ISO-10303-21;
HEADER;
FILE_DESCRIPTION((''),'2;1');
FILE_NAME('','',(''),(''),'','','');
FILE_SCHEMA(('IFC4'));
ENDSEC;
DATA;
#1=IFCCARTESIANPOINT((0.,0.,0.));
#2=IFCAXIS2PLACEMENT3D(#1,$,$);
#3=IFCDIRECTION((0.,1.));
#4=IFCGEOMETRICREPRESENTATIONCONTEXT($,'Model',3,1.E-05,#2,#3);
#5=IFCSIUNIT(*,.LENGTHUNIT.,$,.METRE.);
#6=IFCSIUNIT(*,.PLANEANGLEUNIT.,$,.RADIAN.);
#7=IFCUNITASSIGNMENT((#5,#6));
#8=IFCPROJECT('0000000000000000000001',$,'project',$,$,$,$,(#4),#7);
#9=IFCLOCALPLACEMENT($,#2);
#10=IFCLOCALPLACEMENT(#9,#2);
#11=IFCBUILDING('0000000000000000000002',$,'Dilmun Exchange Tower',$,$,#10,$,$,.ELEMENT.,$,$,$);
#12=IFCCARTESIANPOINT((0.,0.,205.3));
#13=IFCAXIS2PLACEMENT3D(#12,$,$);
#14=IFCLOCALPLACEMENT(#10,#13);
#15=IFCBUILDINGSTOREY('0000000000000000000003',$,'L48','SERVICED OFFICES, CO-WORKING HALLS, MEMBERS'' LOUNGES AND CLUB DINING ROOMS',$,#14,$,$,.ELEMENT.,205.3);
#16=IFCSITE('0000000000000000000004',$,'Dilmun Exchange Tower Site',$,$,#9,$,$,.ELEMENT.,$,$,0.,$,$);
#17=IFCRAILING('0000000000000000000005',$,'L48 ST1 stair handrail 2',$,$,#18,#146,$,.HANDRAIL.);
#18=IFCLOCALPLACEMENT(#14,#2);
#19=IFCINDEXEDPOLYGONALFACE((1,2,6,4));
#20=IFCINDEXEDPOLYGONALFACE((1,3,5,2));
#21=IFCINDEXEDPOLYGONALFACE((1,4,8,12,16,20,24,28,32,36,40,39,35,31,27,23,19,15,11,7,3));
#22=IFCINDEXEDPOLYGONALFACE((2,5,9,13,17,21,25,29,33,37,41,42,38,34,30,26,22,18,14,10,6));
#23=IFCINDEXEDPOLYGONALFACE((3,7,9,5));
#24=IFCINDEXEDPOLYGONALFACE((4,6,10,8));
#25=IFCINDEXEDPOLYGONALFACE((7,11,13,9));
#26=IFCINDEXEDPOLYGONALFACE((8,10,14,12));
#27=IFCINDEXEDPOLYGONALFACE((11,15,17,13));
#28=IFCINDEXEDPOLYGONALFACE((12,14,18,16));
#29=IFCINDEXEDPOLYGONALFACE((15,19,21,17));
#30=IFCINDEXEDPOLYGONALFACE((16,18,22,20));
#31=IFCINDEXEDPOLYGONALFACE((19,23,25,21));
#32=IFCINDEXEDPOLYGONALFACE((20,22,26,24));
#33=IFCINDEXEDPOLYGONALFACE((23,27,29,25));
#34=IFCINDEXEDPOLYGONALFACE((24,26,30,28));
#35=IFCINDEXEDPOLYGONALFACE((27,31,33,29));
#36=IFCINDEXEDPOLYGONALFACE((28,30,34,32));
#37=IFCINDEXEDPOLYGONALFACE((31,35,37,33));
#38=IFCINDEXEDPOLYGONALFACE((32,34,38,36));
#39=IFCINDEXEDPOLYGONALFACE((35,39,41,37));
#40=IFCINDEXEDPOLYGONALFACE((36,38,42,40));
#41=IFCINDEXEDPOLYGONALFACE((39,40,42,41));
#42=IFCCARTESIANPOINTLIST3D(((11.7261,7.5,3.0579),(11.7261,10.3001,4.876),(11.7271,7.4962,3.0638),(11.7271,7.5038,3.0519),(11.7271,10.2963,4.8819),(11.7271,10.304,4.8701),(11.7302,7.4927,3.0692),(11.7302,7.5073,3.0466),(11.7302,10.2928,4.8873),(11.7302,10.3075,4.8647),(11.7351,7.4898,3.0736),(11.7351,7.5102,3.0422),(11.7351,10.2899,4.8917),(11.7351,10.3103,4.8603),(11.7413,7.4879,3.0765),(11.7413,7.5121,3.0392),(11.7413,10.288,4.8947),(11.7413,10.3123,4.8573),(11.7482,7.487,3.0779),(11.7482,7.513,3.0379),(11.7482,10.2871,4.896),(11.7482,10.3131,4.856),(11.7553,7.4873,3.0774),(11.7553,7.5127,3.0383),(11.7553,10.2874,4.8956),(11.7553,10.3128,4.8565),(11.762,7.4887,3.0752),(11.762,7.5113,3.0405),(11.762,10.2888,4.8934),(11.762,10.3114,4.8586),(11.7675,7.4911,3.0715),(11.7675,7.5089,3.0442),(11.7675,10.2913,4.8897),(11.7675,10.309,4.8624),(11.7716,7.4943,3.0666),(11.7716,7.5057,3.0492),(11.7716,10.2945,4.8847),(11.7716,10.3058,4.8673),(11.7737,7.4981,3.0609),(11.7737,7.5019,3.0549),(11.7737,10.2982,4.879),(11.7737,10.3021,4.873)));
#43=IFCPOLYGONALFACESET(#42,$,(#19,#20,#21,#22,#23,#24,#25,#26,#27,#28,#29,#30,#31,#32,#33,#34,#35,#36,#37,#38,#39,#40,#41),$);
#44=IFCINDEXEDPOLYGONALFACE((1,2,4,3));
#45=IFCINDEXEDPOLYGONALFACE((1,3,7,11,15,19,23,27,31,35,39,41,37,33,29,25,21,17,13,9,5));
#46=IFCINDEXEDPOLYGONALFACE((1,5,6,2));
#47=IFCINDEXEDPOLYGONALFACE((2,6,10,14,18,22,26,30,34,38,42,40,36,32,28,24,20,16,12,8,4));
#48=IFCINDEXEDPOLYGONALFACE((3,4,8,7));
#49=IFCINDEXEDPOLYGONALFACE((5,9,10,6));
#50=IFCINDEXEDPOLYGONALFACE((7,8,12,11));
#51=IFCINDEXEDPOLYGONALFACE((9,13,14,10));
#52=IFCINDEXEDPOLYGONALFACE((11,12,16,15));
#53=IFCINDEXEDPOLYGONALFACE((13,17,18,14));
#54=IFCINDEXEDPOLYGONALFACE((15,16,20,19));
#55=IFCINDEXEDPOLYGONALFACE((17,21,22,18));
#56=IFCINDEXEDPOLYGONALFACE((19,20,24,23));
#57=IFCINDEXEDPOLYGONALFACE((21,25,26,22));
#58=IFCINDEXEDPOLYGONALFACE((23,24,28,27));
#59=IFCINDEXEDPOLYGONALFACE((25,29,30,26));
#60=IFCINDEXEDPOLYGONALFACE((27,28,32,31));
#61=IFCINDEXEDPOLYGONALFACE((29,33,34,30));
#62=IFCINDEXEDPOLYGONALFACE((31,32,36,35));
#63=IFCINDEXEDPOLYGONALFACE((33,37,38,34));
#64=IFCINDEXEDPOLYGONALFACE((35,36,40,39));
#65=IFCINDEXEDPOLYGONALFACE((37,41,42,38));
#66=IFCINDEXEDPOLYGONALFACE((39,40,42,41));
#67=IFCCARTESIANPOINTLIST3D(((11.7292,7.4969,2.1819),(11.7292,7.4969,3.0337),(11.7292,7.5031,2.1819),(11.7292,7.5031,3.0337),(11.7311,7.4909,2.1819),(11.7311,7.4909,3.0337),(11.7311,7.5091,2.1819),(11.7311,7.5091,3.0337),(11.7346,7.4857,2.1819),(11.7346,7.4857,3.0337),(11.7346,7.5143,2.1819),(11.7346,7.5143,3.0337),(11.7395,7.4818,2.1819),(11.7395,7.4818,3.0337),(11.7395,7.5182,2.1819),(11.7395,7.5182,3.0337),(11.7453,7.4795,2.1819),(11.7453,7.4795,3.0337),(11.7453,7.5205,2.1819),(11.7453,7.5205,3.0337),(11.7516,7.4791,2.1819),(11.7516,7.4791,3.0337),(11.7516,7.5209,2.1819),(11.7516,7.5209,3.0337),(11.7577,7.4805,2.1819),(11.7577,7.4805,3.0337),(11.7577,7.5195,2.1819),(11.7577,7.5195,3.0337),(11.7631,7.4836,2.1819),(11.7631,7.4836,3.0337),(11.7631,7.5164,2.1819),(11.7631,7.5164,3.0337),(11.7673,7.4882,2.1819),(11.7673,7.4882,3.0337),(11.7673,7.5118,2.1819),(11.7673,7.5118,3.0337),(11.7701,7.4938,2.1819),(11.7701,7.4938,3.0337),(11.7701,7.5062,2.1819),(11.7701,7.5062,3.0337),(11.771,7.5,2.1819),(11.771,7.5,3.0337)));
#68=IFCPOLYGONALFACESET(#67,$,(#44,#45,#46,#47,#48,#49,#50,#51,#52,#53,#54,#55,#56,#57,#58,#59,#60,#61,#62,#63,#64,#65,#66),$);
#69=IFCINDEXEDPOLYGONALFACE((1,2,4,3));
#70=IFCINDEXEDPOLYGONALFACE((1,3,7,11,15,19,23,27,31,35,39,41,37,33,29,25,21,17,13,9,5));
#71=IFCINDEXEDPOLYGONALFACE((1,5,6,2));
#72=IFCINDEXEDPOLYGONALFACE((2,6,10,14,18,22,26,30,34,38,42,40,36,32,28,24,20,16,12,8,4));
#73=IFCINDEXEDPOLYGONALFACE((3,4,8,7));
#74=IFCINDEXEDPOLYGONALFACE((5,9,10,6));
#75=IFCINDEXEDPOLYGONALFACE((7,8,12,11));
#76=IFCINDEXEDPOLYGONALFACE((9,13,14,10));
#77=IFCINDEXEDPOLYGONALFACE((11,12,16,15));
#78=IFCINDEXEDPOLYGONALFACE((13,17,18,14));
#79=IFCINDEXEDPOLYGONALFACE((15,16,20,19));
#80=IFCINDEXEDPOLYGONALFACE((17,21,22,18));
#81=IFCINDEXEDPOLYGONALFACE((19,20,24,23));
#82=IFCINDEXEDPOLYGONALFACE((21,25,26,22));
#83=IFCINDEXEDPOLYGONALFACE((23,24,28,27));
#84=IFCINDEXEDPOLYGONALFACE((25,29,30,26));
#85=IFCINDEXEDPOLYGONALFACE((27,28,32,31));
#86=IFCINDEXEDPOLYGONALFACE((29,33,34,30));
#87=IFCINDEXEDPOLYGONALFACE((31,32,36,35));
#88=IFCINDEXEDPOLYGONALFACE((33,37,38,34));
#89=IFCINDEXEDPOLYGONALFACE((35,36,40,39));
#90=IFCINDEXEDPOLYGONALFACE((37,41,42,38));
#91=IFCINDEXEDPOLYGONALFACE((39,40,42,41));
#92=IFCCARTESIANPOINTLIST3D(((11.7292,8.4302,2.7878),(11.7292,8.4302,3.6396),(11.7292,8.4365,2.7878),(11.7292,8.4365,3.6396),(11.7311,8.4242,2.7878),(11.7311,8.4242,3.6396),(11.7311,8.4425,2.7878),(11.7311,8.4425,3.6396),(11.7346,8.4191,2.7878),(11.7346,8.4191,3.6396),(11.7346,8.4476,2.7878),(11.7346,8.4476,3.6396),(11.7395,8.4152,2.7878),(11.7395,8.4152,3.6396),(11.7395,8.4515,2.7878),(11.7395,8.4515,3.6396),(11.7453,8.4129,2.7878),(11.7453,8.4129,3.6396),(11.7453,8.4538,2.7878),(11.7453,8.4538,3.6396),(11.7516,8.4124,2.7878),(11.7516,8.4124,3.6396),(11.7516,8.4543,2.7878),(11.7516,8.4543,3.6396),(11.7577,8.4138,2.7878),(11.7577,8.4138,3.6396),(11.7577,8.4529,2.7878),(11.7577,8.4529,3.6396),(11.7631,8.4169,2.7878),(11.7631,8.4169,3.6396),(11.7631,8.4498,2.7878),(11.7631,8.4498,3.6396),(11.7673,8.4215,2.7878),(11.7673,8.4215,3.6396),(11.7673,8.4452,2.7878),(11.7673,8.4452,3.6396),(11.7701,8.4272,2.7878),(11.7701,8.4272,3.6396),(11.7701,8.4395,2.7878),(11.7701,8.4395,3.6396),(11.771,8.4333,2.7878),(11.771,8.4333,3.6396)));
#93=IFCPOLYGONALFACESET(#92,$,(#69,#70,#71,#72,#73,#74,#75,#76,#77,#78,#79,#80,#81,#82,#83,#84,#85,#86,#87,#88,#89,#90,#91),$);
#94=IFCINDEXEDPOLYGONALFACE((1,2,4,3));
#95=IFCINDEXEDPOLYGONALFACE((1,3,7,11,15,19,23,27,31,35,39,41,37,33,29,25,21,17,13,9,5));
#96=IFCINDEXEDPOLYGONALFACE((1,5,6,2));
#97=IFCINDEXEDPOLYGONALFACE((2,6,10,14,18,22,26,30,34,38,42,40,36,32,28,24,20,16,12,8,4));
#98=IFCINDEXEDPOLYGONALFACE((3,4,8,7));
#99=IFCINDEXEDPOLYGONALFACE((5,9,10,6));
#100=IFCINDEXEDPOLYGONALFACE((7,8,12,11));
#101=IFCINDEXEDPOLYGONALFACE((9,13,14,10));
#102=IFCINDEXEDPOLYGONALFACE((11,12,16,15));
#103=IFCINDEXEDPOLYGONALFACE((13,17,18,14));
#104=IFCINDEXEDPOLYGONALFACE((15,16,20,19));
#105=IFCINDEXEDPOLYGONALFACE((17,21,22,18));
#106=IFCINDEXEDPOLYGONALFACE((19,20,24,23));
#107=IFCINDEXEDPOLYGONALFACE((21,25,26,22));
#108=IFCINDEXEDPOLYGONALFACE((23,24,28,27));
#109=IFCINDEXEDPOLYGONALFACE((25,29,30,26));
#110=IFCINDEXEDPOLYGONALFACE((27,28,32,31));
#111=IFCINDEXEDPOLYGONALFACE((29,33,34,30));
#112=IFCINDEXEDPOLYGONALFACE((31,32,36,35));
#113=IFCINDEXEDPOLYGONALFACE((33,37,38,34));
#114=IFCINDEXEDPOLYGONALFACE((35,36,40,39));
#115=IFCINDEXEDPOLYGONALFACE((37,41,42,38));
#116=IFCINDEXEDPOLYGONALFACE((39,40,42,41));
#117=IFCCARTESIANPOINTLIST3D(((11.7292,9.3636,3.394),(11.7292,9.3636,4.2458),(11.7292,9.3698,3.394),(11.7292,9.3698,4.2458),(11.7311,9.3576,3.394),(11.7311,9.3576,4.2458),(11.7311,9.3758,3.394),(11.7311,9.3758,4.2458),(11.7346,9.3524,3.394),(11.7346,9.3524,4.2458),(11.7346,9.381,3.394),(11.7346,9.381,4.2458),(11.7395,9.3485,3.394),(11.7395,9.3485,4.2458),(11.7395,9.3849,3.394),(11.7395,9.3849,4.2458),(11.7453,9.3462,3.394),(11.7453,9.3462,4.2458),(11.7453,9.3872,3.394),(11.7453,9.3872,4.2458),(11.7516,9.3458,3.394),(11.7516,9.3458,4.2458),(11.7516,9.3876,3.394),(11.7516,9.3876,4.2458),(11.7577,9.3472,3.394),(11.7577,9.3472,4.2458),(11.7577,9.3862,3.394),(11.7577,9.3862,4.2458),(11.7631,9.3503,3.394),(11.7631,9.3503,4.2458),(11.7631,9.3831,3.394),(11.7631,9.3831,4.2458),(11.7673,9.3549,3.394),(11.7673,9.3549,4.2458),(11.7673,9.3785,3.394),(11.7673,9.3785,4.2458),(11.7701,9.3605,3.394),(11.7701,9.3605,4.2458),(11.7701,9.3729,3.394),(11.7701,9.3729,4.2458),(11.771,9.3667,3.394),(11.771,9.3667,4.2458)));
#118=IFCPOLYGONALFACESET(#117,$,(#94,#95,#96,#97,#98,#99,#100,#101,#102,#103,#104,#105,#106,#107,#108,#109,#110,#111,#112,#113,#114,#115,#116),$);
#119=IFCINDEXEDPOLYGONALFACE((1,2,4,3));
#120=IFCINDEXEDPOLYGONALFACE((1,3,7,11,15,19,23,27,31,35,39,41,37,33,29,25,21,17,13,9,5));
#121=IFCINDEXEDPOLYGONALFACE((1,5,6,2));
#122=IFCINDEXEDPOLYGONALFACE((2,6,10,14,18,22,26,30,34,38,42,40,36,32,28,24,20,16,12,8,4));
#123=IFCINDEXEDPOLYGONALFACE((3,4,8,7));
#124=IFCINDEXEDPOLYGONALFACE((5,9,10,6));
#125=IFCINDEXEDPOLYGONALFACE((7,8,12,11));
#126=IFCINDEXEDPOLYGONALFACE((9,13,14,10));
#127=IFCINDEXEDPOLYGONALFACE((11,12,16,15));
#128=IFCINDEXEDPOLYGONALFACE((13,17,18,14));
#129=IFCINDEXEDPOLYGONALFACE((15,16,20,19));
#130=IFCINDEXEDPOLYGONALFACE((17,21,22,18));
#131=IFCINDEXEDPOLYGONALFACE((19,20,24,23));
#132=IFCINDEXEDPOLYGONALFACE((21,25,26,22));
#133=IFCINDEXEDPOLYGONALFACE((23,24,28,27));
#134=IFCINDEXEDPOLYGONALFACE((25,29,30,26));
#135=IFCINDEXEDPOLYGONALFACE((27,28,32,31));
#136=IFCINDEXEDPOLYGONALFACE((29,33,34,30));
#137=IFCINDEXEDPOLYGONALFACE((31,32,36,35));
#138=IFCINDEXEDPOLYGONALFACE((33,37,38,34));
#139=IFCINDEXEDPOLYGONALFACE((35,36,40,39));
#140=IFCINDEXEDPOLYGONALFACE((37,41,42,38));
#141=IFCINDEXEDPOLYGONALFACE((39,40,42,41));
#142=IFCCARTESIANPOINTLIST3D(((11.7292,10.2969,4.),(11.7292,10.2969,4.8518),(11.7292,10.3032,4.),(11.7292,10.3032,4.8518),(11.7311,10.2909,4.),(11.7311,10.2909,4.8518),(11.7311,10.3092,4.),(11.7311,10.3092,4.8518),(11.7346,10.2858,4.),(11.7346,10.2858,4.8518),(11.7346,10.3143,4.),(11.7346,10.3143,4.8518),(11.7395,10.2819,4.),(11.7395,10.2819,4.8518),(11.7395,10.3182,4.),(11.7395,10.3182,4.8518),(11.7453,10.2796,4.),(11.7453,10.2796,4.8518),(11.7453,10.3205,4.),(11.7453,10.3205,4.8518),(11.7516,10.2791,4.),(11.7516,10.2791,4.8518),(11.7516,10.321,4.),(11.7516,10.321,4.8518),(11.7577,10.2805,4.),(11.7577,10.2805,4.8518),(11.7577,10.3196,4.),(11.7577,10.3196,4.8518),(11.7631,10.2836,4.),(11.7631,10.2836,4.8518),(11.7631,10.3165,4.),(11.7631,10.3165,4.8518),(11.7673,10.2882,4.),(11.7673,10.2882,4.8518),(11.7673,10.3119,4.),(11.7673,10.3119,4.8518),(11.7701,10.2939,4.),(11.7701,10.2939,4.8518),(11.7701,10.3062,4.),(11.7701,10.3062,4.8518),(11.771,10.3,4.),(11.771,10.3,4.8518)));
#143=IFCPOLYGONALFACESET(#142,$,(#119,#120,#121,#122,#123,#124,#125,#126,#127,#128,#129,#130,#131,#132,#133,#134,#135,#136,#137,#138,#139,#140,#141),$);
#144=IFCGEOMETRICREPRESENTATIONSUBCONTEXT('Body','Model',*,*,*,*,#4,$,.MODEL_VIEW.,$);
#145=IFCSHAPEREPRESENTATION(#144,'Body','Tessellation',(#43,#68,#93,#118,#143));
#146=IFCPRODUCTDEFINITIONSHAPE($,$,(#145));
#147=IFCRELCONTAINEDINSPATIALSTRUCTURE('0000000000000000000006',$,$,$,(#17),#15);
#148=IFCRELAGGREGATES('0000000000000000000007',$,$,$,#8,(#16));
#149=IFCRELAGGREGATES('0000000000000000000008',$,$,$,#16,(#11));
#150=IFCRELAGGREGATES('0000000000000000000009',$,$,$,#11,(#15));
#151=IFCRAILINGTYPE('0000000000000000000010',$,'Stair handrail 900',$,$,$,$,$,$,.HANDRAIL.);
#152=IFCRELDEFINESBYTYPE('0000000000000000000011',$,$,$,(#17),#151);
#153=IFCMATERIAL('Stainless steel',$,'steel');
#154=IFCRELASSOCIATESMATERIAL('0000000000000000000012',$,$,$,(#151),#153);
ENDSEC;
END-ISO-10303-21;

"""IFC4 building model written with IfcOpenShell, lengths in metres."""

from ifc_helpers import new_model, si_unit, direction, frame, origin, origin_2d, place, context, subcontext, project, spatial, circle, extrude, material, type_object, element, save


model = new_model("IFC4")

# Units and contexts
model_context = context("Model", 3, precision=1e-05, world=origin(), true_north=direction((0.0, 1.0)))
body_context = subcontext(model_context, "Body", "Model", "MODEL_VIEW")
ifc_project = project(units=[si_unit("LENGTHUNIT", "METRE"), si_unit("PLANEANGLEUNIT", "RADIAN")], contexts=[model_context])

# Site, building, storey
site_placement = place(None, origin())
site = spatial("IfcSite", under=ifc_project, at=site_placement, Name="Dilmun Exchange Tower Site", CompositionType="ELEMENT", RefElevation=0.0)
building_placement = place(site_placement, origin())
building = spatial("IfcBuilding", under=site, at=building_placement, Name="Dilmun Exchange Tower", CompositionType="ELEMENT")
storey_placement = place(building_placement, frame((0.0, 0.0, 205.3)))
storey = spatial("IfcBuildingStorey", under=building, at=storey_placement, Name="L48", Description="SERVICED OFFICES, CO-WORKING HALLS, MEMBERS' LOUNGES AND CLUB DINING ROOMS", CompositionType="ELEMENT", Elevation=205.3)

# Railing
ifc_material_1 = material(Name="Stainless steel", Category="steel")
railing_type = type_object("IfcRailingType", Name="Stair handrail 900", PredefinedType="HANDRAIL", material=ifc_material_1)
railing_1_placement = place(storey_placement, frame((11.75, 7.5, 2.1819)))
element("IfcRailing", 1, at=railing_1_placement, inside=storey, type_object=railing_type, Name="L48 ST1 stair handrail 2", PredefinedType="HANDRAIL", context=body_context, shape_type="SweptSolid", body=[
    extrude(circle(Radius=0.0239, at=origin_2d()), frame((0.0, 0.0, 0.876), z_axis=(0.0, 0.838706, 0.544585), x_axis=(-1.0, 0.0, 0.0)), (0.0, 0.0, 1.0), 3.3386),
    extrude(circle(Radius=0.021, at=origin_2d()), origin(), (0.0, 0.0, 1.0), 0.8518),
    extrude(circle(Radius=0.021, at=origin_2d()), frame((0.0, 0.9333, 0.606)), (0.0, 0.0, 1.0), 0.8518),
    extrude(circle(Radius=0.021, at=origin_2d()), frame((0.0, 1.8667, 1.2122)), (0.0, 0.0, 1.0), 0.8518),
    extrude(circle(Radius=0.021, at=origin_2d()), frame((0.0, 2.8, 1.8181)), (0.0, 0.0, 1.0), 0.8518),
])

save(model, "model.ifc")
